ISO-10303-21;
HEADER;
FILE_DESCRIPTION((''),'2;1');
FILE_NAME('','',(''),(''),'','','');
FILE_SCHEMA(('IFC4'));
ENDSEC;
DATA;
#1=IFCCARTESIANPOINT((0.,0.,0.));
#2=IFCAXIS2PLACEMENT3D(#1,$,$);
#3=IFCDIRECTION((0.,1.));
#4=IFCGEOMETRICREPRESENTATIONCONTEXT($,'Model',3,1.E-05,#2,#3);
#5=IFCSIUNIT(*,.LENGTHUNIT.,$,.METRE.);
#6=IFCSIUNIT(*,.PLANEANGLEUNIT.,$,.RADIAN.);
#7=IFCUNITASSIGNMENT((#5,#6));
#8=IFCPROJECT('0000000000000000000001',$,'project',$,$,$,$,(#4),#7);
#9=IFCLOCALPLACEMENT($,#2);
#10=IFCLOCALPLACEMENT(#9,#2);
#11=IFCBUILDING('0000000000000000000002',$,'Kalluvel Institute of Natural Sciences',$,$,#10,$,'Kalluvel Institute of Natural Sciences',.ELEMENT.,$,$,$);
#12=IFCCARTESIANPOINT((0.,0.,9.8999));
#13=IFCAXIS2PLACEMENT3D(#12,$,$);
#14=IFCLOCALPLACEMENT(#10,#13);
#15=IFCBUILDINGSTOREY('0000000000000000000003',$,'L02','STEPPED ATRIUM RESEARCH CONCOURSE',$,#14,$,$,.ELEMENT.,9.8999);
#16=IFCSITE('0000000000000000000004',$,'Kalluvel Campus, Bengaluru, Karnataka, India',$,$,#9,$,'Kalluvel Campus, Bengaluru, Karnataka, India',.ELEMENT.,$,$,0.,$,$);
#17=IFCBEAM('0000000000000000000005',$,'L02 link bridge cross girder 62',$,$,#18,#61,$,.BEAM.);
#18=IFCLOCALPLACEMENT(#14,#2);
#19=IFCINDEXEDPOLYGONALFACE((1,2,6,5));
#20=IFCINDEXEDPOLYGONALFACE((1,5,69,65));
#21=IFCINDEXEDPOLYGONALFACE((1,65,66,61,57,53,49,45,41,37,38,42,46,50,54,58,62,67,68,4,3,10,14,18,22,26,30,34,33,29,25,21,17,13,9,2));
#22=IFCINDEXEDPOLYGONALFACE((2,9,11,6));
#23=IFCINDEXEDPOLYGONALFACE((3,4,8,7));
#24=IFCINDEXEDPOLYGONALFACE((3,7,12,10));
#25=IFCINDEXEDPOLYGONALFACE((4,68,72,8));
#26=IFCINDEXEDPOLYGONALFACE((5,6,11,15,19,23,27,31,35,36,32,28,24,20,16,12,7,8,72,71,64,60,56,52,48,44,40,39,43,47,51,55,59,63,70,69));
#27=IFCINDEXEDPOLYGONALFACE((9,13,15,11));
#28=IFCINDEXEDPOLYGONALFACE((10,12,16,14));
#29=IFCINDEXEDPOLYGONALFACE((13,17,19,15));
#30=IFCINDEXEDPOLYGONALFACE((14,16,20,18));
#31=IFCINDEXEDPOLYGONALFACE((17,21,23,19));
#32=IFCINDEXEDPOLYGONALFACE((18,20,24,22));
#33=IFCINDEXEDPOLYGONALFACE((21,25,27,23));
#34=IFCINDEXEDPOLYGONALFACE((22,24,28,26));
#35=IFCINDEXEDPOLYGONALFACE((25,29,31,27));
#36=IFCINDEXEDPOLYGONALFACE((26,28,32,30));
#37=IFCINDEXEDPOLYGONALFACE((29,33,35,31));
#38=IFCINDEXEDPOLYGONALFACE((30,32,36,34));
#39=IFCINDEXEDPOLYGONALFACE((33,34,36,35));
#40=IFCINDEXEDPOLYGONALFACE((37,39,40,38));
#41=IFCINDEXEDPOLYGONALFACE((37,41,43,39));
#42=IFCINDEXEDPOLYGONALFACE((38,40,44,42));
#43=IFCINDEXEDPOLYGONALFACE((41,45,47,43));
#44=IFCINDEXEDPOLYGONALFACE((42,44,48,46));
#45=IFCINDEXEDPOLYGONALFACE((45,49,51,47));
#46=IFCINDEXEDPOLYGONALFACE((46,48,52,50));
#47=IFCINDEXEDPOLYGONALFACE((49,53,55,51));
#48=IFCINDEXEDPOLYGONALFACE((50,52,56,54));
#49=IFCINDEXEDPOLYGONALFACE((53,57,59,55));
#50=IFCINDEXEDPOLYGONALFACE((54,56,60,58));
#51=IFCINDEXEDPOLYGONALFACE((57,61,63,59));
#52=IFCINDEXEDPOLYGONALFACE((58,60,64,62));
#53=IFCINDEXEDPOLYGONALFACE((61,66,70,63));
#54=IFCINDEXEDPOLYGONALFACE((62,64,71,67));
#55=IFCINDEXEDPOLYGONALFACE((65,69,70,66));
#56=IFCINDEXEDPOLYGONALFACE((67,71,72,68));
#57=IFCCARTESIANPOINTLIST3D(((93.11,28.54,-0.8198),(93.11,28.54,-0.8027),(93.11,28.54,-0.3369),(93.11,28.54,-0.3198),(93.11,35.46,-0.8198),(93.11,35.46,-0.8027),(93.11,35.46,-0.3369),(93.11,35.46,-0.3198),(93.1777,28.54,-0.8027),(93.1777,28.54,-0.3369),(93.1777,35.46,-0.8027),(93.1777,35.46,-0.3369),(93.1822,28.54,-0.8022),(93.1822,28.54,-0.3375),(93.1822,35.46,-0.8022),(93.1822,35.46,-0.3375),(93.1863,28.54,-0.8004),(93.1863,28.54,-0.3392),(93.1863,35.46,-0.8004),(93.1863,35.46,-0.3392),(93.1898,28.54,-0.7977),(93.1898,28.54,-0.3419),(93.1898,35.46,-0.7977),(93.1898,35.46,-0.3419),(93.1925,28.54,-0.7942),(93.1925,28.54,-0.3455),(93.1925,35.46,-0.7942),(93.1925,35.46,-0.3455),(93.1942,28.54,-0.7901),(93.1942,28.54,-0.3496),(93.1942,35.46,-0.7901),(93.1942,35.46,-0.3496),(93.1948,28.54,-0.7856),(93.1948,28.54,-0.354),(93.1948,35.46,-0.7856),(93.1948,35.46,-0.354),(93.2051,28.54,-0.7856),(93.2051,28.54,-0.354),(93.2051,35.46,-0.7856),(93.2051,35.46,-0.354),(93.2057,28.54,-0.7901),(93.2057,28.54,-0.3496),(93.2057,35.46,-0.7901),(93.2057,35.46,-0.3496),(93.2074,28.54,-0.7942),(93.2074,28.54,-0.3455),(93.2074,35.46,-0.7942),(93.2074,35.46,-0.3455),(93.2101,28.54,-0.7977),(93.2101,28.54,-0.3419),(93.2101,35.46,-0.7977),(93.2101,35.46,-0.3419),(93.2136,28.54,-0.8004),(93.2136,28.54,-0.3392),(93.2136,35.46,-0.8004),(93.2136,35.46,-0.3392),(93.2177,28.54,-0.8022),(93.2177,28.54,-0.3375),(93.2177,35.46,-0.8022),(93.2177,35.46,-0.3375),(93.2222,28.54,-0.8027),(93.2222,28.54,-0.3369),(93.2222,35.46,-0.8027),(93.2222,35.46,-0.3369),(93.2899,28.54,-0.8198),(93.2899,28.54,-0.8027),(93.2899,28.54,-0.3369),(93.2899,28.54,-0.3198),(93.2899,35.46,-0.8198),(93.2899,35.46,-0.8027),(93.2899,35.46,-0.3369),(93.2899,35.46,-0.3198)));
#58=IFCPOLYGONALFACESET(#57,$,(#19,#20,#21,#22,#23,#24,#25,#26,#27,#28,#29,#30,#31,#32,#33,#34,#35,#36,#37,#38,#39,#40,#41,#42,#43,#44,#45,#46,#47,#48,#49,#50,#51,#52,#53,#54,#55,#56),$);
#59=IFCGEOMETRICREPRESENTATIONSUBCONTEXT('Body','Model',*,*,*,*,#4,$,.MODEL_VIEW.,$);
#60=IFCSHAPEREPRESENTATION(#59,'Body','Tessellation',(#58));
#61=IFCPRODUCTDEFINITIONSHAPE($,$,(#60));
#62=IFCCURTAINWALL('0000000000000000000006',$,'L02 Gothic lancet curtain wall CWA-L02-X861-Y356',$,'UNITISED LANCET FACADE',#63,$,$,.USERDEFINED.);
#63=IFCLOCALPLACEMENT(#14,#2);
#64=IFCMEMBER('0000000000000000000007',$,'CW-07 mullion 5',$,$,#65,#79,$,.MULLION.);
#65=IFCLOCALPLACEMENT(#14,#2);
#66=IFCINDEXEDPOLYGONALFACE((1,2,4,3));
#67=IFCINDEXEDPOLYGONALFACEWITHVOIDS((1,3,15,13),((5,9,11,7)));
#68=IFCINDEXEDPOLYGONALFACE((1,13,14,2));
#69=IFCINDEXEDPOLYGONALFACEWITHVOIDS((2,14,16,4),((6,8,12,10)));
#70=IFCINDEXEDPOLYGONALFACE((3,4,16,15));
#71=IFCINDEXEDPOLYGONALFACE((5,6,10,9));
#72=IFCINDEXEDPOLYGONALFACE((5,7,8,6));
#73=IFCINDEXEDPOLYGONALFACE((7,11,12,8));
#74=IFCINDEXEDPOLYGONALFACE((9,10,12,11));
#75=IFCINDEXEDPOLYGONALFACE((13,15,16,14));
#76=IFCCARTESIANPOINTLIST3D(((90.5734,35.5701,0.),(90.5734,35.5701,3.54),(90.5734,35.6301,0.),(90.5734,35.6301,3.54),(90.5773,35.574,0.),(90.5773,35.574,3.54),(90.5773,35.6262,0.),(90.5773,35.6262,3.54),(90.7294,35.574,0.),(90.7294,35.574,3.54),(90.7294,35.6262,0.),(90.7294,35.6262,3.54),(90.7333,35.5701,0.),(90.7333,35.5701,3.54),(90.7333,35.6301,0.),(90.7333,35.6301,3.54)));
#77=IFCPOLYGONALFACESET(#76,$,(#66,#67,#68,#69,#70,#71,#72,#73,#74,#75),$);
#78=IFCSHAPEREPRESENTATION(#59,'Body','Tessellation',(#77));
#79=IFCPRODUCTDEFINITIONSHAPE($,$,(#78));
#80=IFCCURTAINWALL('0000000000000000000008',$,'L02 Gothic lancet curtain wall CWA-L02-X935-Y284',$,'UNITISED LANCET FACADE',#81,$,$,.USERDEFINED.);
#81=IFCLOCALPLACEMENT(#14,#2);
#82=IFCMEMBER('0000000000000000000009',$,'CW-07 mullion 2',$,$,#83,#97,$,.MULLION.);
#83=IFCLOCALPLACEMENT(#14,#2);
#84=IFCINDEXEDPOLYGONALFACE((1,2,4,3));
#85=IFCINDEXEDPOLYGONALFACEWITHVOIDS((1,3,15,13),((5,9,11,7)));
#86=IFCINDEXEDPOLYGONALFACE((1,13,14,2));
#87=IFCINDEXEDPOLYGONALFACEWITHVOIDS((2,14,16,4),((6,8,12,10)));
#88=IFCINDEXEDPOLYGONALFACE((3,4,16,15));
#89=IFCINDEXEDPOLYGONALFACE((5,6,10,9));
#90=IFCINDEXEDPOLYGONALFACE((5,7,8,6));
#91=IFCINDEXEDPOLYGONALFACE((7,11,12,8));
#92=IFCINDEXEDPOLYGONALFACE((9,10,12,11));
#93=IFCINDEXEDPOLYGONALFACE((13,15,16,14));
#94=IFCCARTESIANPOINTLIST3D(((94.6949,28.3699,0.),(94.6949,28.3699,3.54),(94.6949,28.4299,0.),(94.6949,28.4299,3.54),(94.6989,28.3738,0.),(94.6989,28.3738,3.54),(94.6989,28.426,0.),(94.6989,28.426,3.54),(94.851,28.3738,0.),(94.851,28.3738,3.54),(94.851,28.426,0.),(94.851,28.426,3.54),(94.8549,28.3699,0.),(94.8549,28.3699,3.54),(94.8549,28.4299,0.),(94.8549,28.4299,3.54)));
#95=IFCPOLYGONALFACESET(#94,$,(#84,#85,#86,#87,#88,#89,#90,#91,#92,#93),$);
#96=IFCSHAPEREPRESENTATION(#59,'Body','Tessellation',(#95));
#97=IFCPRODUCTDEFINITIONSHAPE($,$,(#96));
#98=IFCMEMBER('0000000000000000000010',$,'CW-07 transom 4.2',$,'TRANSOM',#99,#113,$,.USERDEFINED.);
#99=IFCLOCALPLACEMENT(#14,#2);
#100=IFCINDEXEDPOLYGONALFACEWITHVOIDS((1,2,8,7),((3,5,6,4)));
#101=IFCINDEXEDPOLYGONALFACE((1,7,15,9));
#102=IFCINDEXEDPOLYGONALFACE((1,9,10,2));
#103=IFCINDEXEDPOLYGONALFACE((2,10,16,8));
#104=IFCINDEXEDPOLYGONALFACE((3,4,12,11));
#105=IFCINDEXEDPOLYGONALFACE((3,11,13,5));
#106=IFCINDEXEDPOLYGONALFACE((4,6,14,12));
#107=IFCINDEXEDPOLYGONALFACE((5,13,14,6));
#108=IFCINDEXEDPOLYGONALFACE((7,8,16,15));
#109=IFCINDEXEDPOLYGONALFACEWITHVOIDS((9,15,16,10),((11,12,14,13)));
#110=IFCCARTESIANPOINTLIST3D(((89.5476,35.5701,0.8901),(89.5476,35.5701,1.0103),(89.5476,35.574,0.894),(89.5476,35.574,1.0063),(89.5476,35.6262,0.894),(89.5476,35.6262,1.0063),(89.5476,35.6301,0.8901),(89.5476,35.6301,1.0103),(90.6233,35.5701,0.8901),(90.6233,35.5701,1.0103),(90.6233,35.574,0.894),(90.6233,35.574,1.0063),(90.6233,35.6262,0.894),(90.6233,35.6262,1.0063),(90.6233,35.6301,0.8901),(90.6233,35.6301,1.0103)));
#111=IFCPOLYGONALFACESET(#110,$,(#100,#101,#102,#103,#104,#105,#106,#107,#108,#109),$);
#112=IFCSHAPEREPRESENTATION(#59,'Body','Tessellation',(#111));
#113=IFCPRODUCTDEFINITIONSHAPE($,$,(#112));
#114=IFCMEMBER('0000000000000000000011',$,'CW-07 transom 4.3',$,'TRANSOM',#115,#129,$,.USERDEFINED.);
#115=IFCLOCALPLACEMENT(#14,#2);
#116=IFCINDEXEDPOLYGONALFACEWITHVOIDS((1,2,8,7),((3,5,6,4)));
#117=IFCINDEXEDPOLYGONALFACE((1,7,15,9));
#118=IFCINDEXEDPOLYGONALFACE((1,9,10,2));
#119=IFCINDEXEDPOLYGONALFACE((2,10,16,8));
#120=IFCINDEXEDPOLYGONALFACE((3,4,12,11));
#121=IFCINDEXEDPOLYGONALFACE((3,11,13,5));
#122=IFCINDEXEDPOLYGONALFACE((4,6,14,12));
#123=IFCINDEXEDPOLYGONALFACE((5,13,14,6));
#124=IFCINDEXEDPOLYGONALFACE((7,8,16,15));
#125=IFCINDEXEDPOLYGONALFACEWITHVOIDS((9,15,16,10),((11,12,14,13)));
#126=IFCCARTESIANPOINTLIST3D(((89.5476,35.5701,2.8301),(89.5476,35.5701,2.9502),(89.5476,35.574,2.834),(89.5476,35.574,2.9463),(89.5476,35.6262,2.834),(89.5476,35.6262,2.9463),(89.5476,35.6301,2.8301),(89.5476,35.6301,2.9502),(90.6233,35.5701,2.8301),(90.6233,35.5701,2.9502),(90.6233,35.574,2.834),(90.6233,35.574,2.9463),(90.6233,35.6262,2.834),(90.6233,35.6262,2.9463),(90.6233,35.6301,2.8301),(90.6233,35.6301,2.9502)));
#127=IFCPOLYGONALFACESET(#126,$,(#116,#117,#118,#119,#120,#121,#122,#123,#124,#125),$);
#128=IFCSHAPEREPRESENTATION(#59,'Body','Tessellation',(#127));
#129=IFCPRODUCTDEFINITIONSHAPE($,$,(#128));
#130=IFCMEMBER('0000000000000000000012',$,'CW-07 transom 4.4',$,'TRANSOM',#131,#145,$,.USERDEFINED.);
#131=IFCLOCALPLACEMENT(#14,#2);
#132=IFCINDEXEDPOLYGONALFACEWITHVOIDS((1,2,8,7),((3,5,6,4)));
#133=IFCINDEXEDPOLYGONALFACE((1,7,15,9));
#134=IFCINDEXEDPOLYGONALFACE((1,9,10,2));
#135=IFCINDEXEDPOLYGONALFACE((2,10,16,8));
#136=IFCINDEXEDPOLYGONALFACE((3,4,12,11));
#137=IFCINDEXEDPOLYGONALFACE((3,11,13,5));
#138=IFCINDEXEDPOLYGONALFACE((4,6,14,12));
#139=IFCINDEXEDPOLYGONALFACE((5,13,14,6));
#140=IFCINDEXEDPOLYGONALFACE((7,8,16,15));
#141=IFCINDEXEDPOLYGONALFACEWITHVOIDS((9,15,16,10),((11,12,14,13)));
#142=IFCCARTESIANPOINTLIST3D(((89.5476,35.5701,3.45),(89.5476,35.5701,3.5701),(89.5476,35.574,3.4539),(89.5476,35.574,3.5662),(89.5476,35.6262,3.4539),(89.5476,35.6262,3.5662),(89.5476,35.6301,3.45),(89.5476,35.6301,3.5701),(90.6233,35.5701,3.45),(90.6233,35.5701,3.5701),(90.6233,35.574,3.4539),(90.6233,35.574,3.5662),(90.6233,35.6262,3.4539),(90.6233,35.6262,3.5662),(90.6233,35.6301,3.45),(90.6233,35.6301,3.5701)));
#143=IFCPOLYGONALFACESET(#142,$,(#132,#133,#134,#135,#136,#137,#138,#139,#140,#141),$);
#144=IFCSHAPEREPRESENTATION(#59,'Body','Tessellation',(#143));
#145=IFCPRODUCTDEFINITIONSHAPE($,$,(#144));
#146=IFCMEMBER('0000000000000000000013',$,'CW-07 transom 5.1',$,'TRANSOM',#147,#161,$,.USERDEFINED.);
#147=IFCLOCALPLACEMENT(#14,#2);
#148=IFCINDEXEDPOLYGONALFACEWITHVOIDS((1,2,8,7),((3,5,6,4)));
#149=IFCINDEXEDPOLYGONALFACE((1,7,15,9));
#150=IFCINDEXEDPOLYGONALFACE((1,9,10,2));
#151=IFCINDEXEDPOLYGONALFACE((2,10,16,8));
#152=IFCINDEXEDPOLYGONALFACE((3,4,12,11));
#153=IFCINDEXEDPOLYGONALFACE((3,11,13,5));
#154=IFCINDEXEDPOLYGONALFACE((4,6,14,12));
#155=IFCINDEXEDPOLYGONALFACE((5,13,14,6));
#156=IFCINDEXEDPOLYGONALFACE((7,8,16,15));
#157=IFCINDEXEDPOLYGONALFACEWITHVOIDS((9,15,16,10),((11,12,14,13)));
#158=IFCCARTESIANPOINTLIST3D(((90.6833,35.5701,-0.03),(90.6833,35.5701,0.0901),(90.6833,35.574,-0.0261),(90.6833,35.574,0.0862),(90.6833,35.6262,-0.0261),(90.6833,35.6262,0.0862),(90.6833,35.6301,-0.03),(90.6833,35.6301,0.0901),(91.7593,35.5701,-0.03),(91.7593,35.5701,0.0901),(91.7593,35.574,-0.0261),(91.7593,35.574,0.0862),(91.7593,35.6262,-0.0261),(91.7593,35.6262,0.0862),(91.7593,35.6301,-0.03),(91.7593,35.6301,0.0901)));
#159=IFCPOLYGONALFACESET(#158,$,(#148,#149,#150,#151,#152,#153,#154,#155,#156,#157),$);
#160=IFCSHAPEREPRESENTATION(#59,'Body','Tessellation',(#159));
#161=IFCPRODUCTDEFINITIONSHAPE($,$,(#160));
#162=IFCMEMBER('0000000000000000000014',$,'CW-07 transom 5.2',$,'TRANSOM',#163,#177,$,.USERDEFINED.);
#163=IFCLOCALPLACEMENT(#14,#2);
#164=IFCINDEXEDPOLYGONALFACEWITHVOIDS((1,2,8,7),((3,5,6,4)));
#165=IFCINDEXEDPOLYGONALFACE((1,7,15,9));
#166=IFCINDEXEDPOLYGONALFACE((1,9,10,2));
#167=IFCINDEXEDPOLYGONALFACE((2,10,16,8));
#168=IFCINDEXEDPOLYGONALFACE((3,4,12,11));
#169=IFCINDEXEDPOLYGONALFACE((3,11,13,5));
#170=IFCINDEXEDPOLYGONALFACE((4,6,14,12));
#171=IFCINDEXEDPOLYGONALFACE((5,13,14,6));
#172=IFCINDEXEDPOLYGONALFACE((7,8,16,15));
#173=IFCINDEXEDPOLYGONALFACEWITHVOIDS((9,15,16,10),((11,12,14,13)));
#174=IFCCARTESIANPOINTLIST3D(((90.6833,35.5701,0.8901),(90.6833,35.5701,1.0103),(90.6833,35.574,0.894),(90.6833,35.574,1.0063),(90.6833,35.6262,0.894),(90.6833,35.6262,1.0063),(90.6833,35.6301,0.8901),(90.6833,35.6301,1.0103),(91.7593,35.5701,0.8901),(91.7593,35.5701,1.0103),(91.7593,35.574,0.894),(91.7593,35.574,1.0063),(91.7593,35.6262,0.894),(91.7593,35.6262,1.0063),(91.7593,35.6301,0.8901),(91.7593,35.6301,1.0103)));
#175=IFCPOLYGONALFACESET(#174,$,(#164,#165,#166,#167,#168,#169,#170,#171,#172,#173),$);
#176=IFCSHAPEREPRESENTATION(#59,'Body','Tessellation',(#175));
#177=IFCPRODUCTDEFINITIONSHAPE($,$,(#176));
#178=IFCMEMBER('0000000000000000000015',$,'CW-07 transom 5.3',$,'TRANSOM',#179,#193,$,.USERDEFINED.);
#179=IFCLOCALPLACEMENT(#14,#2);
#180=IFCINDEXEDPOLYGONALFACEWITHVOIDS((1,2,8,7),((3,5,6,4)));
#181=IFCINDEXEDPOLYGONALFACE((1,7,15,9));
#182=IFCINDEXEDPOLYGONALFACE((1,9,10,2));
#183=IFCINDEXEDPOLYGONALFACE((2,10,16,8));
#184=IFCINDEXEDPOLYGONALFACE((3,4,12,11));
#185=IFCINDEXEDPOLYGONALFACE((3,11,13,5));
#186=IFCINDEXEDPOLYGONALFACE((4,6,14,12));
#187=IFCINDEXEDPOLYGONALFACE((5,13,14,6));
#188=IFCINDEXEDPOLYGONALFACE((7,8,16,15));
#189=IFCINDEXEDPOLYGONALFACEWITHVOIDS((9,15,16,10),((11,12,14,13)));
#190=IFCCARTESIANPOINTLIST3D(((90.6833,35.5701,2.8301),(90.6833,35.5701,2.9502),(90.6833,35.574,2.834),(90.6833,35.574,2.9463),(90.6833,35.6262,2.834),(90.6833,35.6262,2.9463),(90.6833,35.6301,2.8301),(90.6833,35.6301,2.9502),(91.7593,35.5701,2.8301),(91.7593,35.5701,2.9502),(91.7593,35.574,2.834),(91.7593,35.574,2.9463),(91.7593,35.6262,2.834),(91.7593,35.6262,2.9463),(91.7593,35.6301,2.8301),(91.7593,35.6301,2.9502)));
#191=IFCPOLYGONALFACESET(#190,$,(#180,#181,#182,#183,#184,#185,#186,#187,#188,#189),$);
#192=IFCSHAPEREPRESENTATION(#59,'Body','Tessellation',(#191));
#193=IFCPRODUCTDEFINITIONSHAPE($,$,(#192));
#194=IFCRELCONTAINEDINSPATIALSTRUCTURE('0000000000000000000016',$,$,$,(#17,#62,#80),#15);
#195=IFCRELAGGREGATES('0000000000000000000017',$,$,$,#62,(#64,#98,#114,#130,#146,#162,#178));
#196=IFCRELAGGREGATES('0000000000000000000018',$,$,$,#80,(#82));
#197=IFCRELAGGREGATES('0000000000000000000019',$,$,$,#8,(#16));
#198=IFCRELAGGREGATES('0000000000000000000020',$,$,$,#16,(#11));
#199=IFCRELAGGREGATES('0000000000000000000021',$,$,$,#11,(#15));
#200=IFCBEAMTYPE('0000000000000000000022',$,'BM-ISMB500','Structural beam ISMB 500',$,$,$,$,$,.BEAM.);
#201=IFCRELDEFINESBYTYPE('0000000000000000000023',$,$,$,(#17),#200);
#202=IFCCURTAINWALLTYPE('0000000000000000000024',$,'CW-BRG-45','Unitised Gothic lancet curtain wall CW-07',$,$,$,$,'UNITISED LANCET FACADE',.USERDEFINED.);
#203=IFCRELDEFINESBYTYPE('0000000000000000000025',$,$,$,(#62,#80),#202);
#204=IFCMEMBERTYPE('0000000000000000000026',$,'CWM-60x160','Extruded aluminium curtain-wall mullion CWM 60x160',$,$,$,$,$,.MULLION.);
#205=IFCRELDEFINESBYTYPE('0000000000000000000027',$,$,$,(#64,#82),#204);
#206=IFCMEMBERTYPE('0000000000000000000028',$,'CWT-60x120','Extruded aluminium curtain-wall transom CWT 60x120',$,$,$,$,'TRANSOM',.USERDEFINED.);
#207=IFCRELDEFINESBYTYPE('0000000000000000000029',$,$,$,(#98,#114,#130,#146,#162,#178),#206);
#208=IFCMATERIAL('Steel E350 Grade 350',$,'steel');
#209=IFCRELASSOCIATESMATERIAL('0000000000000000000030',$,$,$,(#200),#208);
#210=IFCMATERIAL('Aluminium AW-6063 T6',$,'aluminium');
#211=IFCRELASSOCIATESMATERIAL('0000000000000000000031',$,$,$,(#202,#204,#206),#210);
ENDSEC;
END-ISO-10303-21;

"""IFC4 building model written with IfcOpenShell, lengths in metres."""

from ifc_helpers import new_model, si_unit, direction, frame, origin, origin_2d, place, context, subcontext, project, spatial, hollow_rectangle, i_section, extrude, material, material_profile, profile_set, type_object, element, aggregate, save


model = new_model("IFC4")

# Units and contexts
model_context = context("Model", 3, precision=1e-05, world=origin(), true_north=direction((0.0, 1.0)))
body_context = subcontext(model_context, "Body", "Model", "MODEL_VIEW")
ifc_project = project(units=[si_unit("LENGTHUNIT", "METRE"), si_unit("PLANEANGLEUNIT", "RADIAN")], contexts=[model_context])

# Site, building, storey
site_placement = place(None, origin())
site = spatial("IfcSite", under=ifc_project, at=site_placement, Name="Kalluvel Campus, Bengaluru, Karnataka, India", LongName="Kalluvel Campus, Bengaluru, Karnataka, India", CompositionType="ELEMENT", RefElevation=0.0)
building_placement = place(site_placement, origin())
building = spatial("IfcBuilding", under=site, at=building_placement, Name="Kalluvel Institute of Natural Sciences", LongName="Kalluvel Institute of Natural Sciences", CompositionType="ELEMENT")
storey_placement = place(building_placement, frame((0.0, 0.0, 9.8999)))
storey = spatial("IfcBuildingStorey", under=building, at=storey_placement, Name="L02", Description="STEPPED ATRIUM RESEARCH CONCOURSE", CompositionType="ELEMENT", Elevation=9.8999)

# Beam
ifc_material_1 = material(Name="Steel E350 Grade 350", Category="steel")
ifc_material_profile_1 = material_profile(ifc_material_1, i_section(OverallWidth=0.1799, OverallDepth=0.5, WebThickness=0.0103, FlangeThickness=0.0171, FilletRadius=0.0171, at=origin_2d()), Name="ISMB 500")
ifc_profile_set_1 = profile_set([ifc_material_profile_1], Name="Steel E350 Grade 350")
beam_type = type_object("IfcBeamType", Name="BM-ISMB500", Description="Structural beam ISMB 500", PredefinedType="BEAM", material=ifc_profile_set_1)
beam_placement = place(storey_placement, frame((93.2, 28.54, -0.5698), z_axis=(0.0, 1.0, 0.0), x_axis=(-1.0, 0.0, 0.0)))
element("IfcBeam", 1, at=beam_placement, inside=storey, type_object=beam_type, Name="L02 link bridge cross girder 62", PredefinedType="BEAM", context=body_context, shape_type="SweptSolid", body=[
    extrude(i_section(OverallWidth=0.1799, OverallDepth=0.5, WebThickness=0.0103, FlangeThickness=0.0171, FilletRadius=0.0171, at=origin_2d()), origin(), (0.0, 0.0, 1.0), 6.9199),
])

# Curtain walls, members
ifc_material_2 = material(Name="Aluminium AW-6063 T6", Category="aluminium")
curtain_wall_type = type_object("IfcCurtainWallType", Name="CW-BRG-45", Description="Unitised Gothic lancet curtain wall CW-07", ElementType="UNITISED LANCET FACADE", PredefinedType="USERDEFINED", material=ifc_material_2)
curtain_wall_1_placement = place(storey_placement, origin())
curtain_wall_1 = element("IfcCurtainWall", 2, at=curtain_wall_1_placement, inside=storey, type_object=curtain_wall_type, Name="L02 Gothic lancet curtain wall CWA-L02-X861-Y356", ObjectType="UNITISED LANCET FACADE", PredefinedType="USERDEFINED")
ifc_material_profile_2 = material_profile(ifc_material_2, hollow_rectangle(XDim=0.0601, YDim=0.1599, WallThickness=0.0039, at=origin_2d()), Name="CWM 60x160")
ifc_profile_set_2 = profile_set([ifc_material_profile_2], Name="Aluminium AW-6063 T6")
member_type_1 = type_object("IfcMemberType", Name="CWM-60x160", Description="Extruded aluminium curtain-wall mullion CWM 60x160", PredefinedType="MULLION", material=ifc_profile_set_2)
member_1_placement = place(storey_placement, frame((90.6533, 35.6001, 0.0), z_axis=(0.0, 0.0, 1.0), x_axis=(0.0, 1.0, 0.0)))
member_1 = element("IfcMember", 3, at=member_1_placement, type_object=member_type_1, Name="CW-07 mullion 5", PredefinedType="MULLION", context=body_context, shape_type="SweptSolid", body=[
    extrude(hollow_rectangle(XDim=0.0601, YDim=0.1599, WallThickness=0.0039, at=origin_2d()), origin(), (0.0, 0.0, 1.0), 3.54),
])
curtain_wall_2_placement = place(storey_placement, origin())
curtain_wall_2 = element("IfcCurtainWall", 4, at=curtain_wall_2_placement, inside=storey, type_object=curtain_wall_type, Name="L02 Gothic lancet curtain wall CWA-L02-X935-Y284", ObjectType="UNITISED LANCET FACADE", PredefinedType="USERDEFINED")
member_2_placement = place(storey_placement, frame((94.7749, 28.3999, 0.0), z_axis=(0.0, 0.0, 1.0), x_axis=(0.0, 1.0, 0.0)))
member_2 = element("IfcMember", 5, at=member_2_placement, type_object=member_type_1, Name="CW-07 mullion 2", PredefinedType="MULLION", context=body_context, shape_type="SweptSolid", body=[
    extrude(hollow_rectangle(XDim=0.0601, YDim=0.1599, WallThickness=0.0039, at=origin_2d()), origin(), (0.0, 0.0, 1.0), 3.54),
])

# Members
ifc_material_profile_3 = material_profile(ifc_material_2, hollow_rectangle(XDim=0.0601, YDim=0.1201, WallThickness=0.0039, at=origin_2d()), Name="CWT 60x120")
ifc_profile_set_3 = profile_set([ifc_material_profile_3], Name="Aluminium AW-6063 T6")
member_type_2 = type_object("IfcMemberType", Name="CWT-60x120", Description="Extruded aluminium curtain-wall transom CWT 60x120", ElementType="TRANSOM", PredefinedType="USERDEFINED", material=ifc_profile_set_3)
member_3_placement = place(storey_placement, frame((89.5476, 35.6001, 0.9502), z_axis=(1.0, 0.0, 0.0), x_axis=(0.0, 1.0, 0.0)))
member_3 = element("IfcMember", 6, at=member_3_placement, type_object=member_type_2, Name="CW-07 transom 4.2", ObjectType="TRANSOM", PredefinedType="USERDEFINED", context=body_context, shape_type="SweptSolid", body=[
    extrude(hollow_rectangle(XDim=0.0601, YDim=0.1201, WallThickness=0.0039, at=origin_2d()), origin(), (0.0, 0.0, 1.0), 1.0757),
])
member_4_placement = place(storey_placement, frame((89.5476, 35.6001, 2.8901), z_axis=(1.0, 0.0, 0.0), x_axis=(0.0, 1.0, 0.0)))
member_4 = element("IfcMember", 7, at=member_4_placement, type_object=member_type_2, Name="CW-07 transom 4.3", ObjectType="TRANSOM", PredefinedType="USERDEFINED", context=body_context, shape_type="SweptSolid", body=[
    extrude(hollow_rectangle(XDim=0.0601, YDim=0.1201, WallThickness=0.0039, at=origin_2d()), origin(), (0.0, 0.0, 1.0), 1.0757),
])
member_5_placement = place(storey_placement, frame((89.5476, 35.6001, 3.51), z_axis=(1.0, 0.0, 0.0), x_axis=(0.0, 1.0, 0.0)))
member_5 = element("IfcMember", 8, at=member_5_placement, type_object=member_type_2, Name="CW-07 transom 4.4", ObjectType="TRANSOM", PredefinedType="USERDEFINED", context=body_context, shape_type="SweptSolid", body=[
    extrude(hollow_rectangle(XDim=0.0601, YDim=0.1201, WallThickness=0.0039, at=origin_2d()), origin(), (0.0, 0.0, 1.0), 1.0757),
])
member_6_placement = place(storey_placement, frame((90.6833, 35.6001, 0.03), z_axis=(1.0, 0.0, 0.0), x_axis=(0.0, 1.0, 0.0)))
member_6 = element("IfcMember", 9, at=member_6_placement, type_object=member_type_2, Name="CW-07 transom 5.1", ObjectType="TRANSOM", PredefinedType="USERDEFINED", context=body_context, shape_type="SweptSolid", body=[
    extrude(hollow_rectangle(XDim=0.0601, YDim=0.1201, WallThickness=0.0039, at=origin_2d()), origin(), (0.0, 0.0, 1.0), 1.0759),
])
member_7_placement = place(storey_placement, frame((90.6833, 35.6001, 0.9502), z_axis=(1.0, 0.0, 0.0), x_axis=(0.0, 1.0, 0.0)))
member_7 = element("IfcMember", 10, at=member_7_placement, type_object=member_type_2, Name="CW-07 transom 5.2", ObjectType="TRANSOM", PredefinedType="USERDEFINED", context=body_context, shape_type="SweptSolid", body=[
    extrude(hollow_rectangle(XDim=0.0601, YDim=0.1201, WallThickness=0.0039, at=origin_2d()), origin(), (0.0, 0.0, 1.0), 1.0759),
])
member_8_placement = place(storey_placement, frame((90.6833, 35.6001, 2.8901), z_axis=(1.0, 0.0, 0.0), x_axis=(0.0, 1.0, 0.0)))
member_8 = element("IfcMember", 11, at=member_8_placement, type_object=member_type_2, Name="CW-07 transom 5.3", ObjectType="TRANSOM", PredefinedType="USERDEFINED", context=body_context, shape_type="SweptSolid", body=[
    extrude(hollow_rectangle(XDim=0.0601, YDim=0.1201, WallThickness=0.0039, at=origin_2d()), origin(), (0.0, 0.0, 1.0), 1.0759),
])

aggregate(curtain_wall_1, [member_1, member_3, member_4, member_5, member_6, member_7, member_8])
aggregate(curtain_wall_2, [member_2])

save(model, "model.ifc")
